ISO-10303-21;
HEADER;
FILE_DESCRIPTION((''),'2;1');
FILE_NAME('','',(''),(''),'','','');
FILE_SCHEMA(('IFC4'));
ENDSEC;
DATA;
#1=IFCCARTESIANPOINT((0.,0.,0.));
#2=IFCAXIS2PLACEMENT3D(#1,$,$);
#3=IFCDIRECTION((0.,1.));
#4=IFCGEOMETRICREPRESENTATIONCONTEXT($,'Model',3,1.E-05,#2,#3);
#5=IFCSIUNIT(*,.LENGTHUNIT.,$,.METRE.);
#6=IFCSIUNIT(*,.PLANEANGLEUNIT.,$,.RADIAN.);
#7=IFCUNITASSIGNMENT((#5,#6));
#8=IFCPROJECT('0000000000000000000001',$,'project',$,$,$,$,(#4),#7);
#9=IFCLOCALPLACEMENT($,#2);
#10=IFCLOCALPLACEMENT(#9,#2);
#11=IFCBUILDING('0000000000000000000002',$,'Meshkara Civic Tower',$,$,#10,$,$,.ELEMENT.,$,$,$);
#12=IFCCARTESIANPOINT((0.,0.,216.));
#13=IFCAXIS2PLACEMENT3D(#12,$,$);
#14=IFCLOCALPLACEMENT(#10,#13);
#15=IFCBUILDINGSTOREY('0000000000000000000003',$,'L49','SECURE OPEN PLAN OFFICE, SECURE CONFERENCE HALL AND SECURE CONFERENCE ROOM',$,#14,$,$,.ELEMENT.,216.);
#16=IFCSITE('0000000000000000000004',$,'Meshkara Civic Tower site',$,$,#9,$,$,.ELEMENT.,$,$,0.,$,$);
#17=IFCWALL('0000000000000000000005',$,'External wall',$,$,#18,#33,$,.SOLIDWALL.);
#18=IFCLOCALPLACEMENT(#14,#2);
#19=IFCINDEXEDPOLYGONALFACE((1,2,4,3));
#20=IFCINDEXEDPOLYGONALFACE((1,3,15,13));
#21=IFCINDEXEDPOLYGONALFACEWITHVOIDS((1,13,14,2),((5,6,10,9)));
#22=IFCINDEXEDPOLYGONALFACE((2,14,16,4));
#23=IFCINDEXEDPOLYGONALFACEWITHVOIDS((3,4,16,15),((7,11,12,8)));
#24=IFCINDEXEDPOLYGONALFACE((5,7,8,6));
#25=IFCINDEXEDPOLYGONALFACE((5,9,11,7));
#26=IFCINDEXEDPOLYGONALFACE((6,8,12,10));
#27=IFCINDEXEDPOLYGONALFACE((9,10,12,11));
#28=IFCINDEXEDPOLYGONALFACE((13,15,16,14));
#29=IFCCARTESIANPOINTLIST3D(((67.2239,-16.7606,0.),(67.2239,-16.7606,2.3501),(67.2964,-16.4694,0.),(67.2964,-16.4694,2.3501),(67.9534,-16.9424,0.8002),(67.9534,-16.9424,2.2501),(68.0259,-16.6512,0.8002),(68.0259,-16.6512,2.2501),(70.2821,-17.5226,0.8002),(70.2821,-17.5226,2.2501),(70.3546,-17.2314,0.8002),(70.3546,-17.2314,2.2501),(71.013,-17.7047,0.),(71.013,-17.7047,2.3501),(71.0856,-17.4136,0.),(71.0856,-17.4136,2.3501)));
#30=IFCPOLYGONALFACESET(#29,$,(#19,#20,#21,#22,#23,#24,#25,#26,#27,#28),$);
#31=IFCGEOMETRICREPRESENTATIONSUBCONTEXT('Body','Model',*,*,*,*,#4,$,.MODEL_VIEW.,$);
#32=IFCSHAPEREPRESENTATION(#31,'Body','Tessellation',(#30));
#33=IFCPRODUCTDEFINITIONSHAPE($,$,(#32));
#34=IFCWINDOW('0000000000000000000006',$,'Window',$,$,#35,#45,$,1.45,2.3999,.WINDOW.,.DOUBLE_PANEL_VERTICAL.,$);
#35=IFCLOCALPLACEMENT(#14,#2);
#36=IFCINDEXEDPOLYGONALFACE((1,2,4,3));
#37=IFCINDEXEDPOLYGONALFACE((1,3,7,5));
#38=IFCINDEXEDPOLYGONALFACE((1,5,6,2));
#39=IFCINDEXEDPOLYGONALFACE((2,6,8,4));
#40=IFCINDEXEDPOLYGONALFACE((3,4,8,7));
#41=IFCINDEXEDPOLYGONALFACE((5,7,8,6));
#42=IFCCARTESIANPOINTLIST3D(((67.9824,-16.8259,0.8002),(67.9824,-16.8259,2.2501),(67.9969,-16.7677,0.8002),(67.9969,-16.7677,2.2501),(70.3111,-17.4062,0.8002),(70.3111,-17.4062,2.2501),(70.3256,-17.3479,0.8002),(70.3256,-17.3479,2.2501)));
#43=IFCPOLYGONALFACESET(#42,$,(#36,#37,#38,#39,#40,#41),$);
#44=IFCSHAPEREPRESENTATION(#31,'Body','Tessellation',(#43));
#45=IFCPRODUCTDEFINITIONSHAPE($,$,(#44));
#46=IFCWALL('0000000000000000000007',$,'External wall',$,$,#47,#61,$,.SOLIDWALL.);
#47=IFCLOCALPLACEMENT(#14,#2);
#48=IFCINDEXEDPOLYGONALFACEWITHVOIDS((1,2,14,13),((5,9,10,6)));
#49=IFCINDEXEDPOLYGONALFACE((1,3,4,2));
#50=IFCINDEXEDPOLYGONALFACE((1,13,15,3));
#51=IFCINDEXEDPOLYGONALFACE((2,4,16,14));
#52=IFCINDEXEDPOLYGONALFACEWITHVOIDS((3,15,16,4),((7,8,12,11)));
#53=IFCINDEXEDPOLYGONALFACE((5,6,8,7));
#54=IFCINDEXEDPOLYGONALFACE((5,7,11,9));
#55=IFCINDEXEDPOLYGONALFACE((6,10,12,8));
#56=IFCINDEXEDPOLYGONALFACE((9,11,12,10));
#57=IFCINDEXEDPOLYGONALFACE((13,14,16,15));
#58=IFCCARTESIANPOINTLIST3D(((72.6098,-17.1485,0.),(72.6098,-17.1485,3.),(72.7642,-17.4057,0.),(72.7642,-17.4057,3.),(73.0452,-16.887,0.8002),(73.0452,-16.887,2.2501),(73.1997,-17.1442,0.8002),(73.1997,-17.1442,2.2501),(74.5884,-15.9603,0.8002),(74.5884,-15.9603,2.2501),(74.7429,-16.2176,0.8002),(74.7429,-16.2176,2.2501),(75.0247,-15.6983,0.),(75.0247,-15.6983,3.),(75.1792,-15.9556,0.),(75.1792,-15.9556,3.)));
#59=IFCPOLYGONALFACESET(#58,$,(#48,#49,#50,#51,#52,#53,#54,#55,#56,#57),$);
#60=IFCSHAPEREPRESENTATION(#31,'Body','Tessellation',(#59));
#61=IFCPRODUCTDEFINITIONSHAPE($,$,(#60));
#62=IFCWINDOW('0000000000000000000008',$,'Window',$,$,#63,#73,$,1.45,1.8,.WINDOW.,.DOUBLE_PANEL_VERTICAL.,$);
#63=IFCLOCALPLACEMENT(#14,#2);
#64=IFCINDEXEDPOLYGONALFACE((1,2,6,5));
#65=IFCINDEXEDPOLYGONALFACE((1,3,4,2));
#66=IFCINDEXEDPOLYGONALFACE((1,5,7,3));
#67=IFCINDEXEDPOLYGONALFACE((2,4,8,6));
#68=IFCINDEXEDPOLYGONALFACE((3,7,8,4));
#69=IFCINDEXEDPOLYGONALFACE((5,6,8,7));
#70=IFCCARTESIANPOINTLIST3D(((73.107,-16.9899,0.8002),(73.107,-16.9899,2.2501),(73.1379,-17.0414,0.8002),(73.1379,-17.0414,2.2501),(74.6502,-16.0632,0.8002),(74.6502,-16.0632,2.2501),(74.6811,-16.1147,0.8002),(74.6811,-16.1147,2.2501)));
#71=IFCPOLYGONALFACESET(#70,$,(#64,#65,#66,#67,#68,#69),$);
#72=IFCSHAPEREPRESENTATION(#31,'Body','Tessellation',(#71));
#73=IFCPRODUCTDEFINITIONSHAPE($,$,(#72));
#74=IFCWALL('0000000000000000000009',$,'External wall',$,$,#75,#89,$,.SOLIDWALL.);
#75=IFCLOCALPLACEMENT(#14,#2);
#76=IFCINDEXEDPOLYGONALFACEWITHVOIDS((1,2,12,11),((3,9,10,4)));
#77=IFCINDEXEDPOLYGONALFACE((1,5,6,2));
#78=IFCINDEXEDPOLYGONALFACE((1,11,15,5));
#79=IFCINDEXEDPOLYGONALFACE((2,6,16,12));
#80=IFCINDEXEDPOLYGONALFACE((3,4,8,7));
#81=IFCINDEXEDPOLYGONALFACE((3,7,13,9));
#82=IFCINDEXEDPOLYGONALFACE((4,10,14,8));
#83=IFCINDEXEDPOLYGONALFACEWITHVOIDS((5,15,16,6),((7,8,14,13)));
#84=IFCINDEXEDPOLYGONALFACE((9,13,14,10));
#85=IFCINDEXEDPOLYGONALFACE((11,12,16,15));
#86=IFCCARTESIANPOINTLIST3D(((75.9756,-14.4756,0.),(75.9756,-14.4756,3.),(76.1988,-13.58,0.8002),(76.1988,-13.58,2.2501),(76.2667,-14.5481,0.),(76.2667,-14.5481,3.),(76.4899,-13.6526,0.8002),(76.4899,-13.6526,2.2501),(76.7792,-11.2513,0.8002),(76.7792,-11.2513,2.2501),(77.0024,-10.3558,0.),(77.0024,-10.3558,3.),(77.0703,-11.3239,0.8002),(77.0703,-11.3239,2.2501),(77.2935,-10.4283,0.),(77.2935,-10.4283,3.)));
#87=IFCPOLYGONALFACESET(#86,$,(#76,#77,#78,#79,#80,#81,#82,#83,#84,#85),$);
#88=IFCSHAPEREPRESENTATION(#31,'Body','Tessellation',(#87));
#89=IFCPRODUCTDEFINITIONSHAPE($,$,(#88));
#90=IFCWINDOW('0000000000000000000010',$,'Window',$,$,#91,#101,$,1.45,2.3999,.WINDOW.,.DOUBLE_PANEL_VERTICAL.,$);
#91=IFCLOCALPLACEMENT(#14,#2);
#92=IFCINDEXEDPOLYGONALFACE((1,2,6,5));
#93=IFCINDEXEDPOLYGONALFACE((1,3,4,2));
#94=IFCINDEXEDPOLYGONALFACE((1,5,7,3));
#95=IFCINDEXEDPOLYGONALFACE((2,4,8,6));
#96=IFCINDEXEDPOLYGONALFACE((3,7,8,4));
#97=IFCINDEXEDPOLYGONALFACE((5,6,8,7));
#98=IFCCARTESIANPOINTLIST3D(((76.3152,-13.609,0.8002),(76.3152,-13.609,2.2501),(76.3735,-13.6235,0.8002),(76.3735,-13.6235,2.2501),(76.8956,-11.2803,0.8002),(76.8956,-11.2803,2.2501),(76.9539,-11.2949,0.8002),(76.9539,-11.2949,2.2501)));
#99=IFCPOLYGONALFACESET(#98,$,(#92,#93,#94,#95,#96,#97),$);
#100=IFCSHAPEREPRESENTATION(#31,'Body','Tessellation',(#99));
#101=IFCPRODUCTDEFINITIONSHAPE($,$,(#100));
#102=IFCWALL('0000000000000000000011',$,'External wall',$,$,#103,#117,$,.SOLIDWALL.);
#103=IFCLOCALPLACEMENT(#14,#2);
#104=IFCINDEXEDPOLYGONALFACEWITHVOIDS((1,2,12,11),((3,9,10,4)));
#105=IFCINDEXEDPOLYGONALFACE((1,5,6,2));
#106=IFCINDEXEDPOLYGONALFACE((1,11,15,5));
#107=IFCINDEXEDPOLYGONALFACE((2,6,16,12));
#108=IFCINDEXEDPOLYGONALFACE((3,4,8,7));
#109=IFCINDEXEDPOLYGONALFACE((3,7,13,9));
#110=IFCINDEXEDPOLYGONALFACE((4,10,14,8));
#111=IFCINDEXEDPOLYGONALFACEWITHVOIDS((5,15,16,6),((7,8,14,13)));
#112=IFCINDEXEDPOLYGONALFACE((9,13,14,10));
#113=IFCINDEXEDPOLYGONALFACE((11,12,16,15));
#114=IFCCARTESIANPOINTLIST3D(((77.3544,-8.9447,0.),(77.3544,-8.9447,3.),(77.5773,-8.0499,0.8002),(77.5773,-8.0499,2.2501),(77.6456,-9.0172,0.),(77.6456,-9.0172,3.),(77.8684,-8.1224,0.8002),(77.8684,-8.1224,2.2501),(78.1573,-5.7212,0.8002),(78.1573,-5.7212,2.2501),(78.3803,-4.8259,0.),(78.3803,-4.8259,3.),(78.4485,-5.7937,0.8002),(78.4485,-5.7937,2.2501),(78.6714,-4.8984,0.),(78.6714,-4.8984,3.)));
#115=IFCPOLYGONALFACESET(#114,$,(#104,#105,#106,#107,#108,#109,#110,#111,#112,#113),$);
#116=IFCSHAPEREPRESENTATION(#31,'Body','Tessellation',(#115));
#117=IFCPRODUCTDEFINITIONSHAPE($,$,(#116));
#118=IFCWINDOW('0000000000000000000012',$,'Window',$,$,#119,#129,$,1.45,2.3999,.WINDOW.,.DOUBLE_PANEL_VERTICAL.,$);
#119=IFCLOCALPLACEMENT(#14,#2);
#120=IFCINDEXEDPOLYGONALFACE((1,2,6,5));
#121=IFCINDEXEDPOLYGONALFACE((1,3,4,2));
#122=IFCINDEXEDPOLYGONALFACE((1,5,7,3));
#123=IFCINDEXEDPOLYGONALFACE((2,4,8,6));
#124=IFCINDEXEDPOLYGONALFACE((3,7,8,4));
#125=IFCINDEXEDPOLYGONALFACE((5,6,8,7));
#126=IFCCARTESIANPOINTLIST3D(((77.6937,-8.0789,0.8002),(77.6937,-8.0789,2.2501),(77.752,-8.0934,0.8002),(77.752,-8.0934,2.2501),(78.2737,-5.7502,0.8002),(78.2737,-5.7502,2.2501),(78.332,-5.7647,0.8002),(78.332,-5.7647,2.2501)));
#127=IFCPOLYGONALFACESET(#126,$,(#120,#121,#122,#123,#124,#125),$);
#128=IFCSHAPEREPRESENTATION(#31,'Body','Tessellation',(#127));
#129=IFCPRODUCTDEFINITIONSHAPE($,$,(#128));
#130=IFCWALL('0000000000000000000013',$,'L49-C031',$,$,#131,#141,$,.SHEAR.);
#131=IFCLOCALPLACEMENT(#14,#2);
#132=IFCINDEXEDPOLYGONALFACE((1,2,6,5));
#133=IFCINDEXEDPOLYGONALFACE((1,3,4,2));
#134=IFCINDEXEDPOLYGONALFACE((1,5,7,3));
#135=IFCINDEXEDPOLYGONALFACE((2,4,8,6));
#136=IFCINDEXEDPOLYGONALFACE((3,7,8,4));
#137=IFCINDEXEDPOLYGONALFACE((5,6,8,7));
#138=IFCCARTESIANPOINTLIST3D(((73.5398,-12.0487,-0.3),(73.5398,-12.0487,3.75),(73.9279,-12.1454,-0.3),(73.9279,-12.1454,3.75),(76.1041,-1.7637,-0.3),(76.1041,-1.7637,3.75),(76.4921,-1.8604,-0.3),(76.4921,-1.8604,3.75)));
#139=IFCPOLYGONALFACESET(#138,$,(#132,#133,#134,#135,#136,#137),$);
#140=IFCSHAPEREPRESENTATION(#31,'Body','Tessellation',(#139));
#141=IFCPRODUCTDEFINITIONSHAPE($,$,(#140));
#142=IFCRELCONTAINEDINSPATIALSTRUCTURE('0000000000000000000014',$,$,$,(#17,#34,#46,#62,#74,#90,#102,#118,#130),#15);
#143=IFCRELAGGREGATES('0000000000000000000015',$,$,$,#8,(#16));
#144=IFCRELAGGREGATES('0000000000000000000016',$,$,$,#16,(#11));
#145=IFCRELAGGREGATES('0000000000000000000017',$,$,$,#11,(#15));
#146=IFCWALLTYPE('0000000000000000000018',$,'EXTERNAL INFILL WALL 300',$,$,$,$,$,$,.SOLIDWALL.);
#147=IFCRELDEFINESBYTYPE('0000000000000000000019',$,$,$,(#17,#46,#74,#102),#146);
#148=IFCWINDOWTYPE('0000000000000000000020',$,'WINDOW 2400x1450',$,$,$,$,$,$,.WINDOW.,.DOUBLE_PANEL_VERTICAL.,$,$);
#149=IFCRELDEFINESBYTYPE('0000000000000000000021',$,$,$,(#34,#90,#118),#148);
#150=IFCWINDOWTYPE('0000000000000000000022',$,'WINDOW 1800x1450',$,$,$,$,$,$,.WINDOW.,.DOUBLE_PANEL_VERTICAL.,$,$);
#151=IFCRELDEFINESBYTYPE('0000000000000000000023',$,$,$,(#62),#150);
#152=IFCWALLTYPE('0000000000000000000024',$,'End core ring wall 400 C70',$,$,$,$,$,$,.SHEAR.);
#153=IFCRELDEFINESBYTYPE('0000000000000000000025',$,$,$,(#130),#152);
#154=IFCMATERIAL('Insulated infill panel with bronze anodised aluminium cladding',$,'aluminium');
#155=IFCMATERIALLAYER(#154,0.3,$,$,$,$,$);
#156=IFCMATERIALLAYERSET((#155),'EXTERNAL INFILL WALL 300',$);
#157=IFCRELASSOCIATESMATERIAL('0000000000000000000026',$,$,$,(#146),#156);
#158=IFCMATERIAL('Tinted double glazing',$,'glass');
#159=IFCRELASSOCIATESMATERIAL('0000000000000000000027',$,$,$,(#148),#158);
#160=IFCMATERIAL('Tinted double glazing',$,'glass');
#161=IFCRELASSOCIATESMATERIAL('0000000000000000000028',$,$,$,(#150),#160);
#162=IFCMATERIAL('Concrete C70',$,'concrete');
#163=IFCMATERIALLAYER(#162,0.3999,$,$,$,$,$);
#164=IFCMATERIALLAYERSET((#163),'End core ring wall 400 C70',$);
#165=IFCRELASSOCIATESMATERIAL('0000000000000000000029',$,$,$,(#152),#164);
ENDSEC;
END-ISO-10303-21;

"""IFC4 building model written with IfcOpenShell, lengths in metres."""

from ifc_helpers import new_model, si_unit, direction, frame, frame_2d, origin, place, context, subcontext, project, spatial, rectangle, extrude, material, layer, layer_set, type_object, element, fill, save


model = new_model("IFC4")

# Units and contexts
model_context = context("Model", 3, precision=1e-05, world=origin(), true_north=direction((0.0, 1.0)))
body_context = subcontext(model_context, "Body", "Model", "MODEL_VIEW")
ifc_project = project(units=[si_unit("LENGTHUNIT", "METRE"), si_unit("PLANEANGLEUNIT", "RADIAN")], contexts=[model_context])

# Site, building, storey
site_placement = place(None, origin())
site = spatial("IfcSite", under=ifc_project, at=site_placement, Name="Meshkara Civic Tower site", CompositionType="ELEMENT", RefElevation=0.0)
building_placement = place(site_placement, origin())
building = spatial("IfcBuilding", under=site, at=building_placement, Name="Meshkara Civic Tower", CompositionType="ELEMENT")
storey_placement = place(building_placement, frame((0.0, 0.0, 216.0)))
storey = spatial("IfcBuildingStorey", under=building, at=storey_placement, Name="L49", Description="SECURE OPEN PLAN OFFICE, SECURE CONFERENCE HALL AND SECURE CONFERENCE ROOM", CompositionType="ELEMENT", Elevation=216.0)

# Walls, openings, windows
ifc_material_1 = material(Name="Insulated infill panel with bronze anodised aluminium cladding", Category="aluminium")
ifc_layer_1 = layer(ifc_material_1, 0.3)
ifc_layer_set_1 = layer_set([ifc_layer_1], Name="EXTERNAL INFILL WALL 300")
wall_type_1 = type_object("IfcWallType", Name="EXTERNAL INFILL WALL 300", PredefinedType="SOLIDWALL", material=ifc_layer_set_1)
wall_1_placement = place(storey_placement, frame((67.26, -16.615, 0.0), z_axis=(0.0, 0.0, 1.0), x_axis=(0.970333, -0.241771, 0.0)))
wall_1 = element("IfcWall", 1, at=wall_1_placement, inside=storey, type_object=wall_type_1, Name="External wall", PredefinedType="SOLIDWALL", context=body_context, shape_type="SweptSolid", body=[
    extrude(rectangle(XDim=3.905, YDim=0.3, at=frame_2d((1.9526, 0.0))), origin(), (0.0, 0.0, 1.0), 2.3501),
])
opening_1_placement = place(wall_1_placement, frame((0.752, 0.0, 0.8)))
opening_1 = element("IfcOpeningElement", 2, at=opening_1_placement, cuts=wall_1, PredefinedType="OPENING", context=body_context, shape_type="SweptSolid", body=[
    extrude(rectangle(XDim=2.3999, YDim=1.45, at=frame_2d((1.2, 0.7251))), frame((0.0, 0.1599, 0.0), z_axis=(0.0, -1.0, 0.0), x_axis=(1.0, 0.0, 0.0)), (0.0, 0.0, 1.0), 0.3201),
])
ifc_material_2 = material(Name="Tinted double glazing", Category="glass")
window_type_1 = type_object("IfcWindowType", Name="WINDOW 2400x1450", PartitioningType="DOUBLE_PANEL_VERTICAL", PredefinedType="WINDOW", material=ifc_material_2)
window_1_placement = place(opening_1_placement, origin())
window_1 = element("IfcWindow", 3, at=window_1_placement, inside=storey, type_object=window_type_1, Name="Window", OverallHeight=1.45, OverallWidth=2.3999, PartitioningType="DOUBLE_PANEL_VERTICAL", PredefinedType="WINDOW", context=body_context, shape_type="SweptSolid", body=[
    extrude(rectangle(XDim=2.3999, YDim=1.45, at=frame_2d((1.2, 0.7251))), frame((0.0, 0.03, 0.0), z_axis=(0.0, -1.0, 0.0), x_axis=(1.0, 0.0, 0.0)), (0.0, 0.0, 1.0), 0.0601),
])
fill(opening_1, window_1)
wall_2_placement = place(storey_placement, frame((72.687, -17.2771, 0.0), z_axis=(0.0, 0.0, 1.0), x_axis=(0.857309, 0.514802, 0.0)))
wall_2 = element("IfcWall", 4, at=wall_2_placement, inside=storey, type_object=wall_type_1, Name="External wall", PredefinedType="SOLIDWALL", context=body_context, shape_type="SweptSolid", body=[
    extrude(rectangle(XDim=2.8169, YDim=0.3, at=frame_2d((1.4084, 0.0))), origin(), (0.0, 0.0, 1.0), 3.0),
])
opening_2_placement = place(wall_2_placement, frame((0.5081, 0.0, 0.8)))
opening_2 = element("IfcOpeningElement", 5, at=opening_2_placement, cuts=wall_2, PredefinedType="OPENING", context=body_context, shape_type="SweptSolid", body=[
    extrude(rectangle(XDim=1.8, YDim=1.45, at=frame_2d((0.8999, 0.7251))), frame((0.0, 0.1599, 0.0), z_axis=(0.0, -1.0, 0.0), x_axis=(1.0, 0.0, 0.0)), (0.0, 0.0, 1.0), 0.3201),
])
ifc_material_3 = material(Name="Tinted double glazing", Category="glass")
window_type_2 = type_object("IfcWindowType", Name="WINDOW 1800x1450", PartitioningType="DOUBLE_PANEL_VERTICAL", PredefinedType="WINDOW", material=ifc_material_3)
window_2_placement = place(opening_2_placement, origin())
window_2 = element("IfcWindow", 6, at=window_2_placement, inside=storey, type_object=window_type_2, Name="Window", OverallHeight=1.45, OverallWidth=1.8, PartitioningType="DOUBLE_PANEL_VERTICAL", PredefinedType="WINDOW", context=body_context, shape_type="SweptSolid", body=[
    extrude(rectangle(XDim=1.8, YDim=1.45, at=frame_2d((0.8999, 0.7251))), frame((0.0, 0.03, 0.0), z_axis=(0.0, -1.0, 0.0), x_axis=(1.0, 0.0, 0.0)), (0.0, 0.0, 1.0), 0.0601),
])
fill(opening_2, window_2)
wall_3_placement = place(storey_placement, frame((76.1211, -14.512, 0.0), z_axis=(0.0, 0.0, 1.0), x_axis=(0.241846, 0.970315, 0.0)))
wall_3 = element("IfcWall", 7, at=wall_3_placement, inside=storey, type_object=wall_type_1, Name="External wall", PredefinedType="SOLIDWALL", context=body_context, shape_type="SweptSolid", body=[
    extrude(rectangle(XDim=4.2458, YDim=0.3, at=frame_2d((2.123, 0.0))), origin(), (0.0, 0.0, 1.0), 3.0),
])
opening_3_placement = place(wall_3_placement, frame((0.9231, 0.0, 0.8)))
opening_3 = element("IfcOpeningElement", 8, at=opening_3_placement, cuts=wall_3, PredefinedType="OPENING", context=body_context, shape_type="SweptSolid", body=[
    extrude(rectangle(XDim=2.3999, YDim=1.45, at=frame_2d((1.2, 0.7251))), frame((0.0, 0.1599, 0.0), z_axis=(0.0, -1.0, 0.0), x_axis=(1.0, 0.0, 0.0)), (0.0, 0.0, 1.0), 0.3201),
])
window_3_placement = place(opening_3_placement, origin())
window_3 = element("IfcWindow", 9, at=window_3_placement, inside=storey, type_object=window_type_1, Name="Window", OverallHeight=1.45, OverallWidth=2.3999, PartitioningType="DOUBLE_PANEL_VERTICAL", PredefinedType="WINDOW", context=body_context, shape_type="SweptSolid", body=[
    extrude(rectangle(XDim=2.3999, YDim=1.45, at=frame_2d((1.2, 0.7251))), frame((0.0, 0.03, 0.0), z_axis=(0.0, -1.0, 0.0), x_axis=(1.0, 0.0, 0.0)), (0.0, 0.0, 1.0), 0.0601),
])
fill(opening_3, window_3)
wall_4_placement = place(storey_placement, frame((77.5, -8.981, 0.0), z_axis=(0.0, 0.0, 1.0), x_axis=(0.241683, 0.970355, 0.0)))
wall_4 = element("IfcWall", 10, at=wall_4_placement, inside=storey, type_object=wall_type_1, Name="External wall", PredefinedType="SOLIDWALL", context=body_context, shape_type="SweptSolid", body=[
    extrude(rectangle(XDim=4.2446, YDim=0.3, at=frame_2d((2.1223, 0.0))), origin(), (0.0, 0.0, 1.0), 3.0),
])
opening_4_placement = place(wall_4_placement, frame((0.9221, 0.0, 0.8)))
opening_4 = element("IfcOpeningElement", 11, at=opening_4_placement, cuts=wall_4, PredefinedType="OPENING", context=body_context, shape_type="SweptSolid", body=[
    extrude(rectangle(XDim=2.3999, YDim=1.45, at=frame_2d((1.2, 0.7251))), frame((0.0, 0.1599, 0.0), z_axis=(0.0, -1.0, 0.0), x_axis=(1.0, 0.0, 0.0)), (0.0, 0.0, 1.0), 0.3201),
])
window_4_placement = place(opening_4_placement, origin())
window_4 = element("IfcWindow", 12, at=window_4_placement, inside=storey, type_object=window_type_1, Name="Window", OverallHeight=1.45, OverallWidth=2.3999, PartitioningType="DOUBLE_PANEL_VERTICAL", PredefinedType="WINDOW", context=body_context, shape_type="SweptSolid", body=[
    extrude(rectangle(XDim=2.3999, YDim=1.45, at=frame_2d((1.2, 0.7251))), frame((0.0, 0.03, 0.0), z_axis=(0.0, -1.0, 0.0), x_axis=(1.0, 0.0, 0.0)), (0.0, 0.0, 1.0), 0.0601),
])
fill(opening_4, window_4)

# Wall
ifc_material_4 = material(Name="Concrete C70", Category="concrete")
ifc_layer_2 = layer(ifc_material_4, 0.3999)
ifc_layer_set_2 = layer_set([ifc_layer_2], Name="End core ring wall 400 C70")
wall_type_2 = type_object("IfcWallType", Name="End core ring wall 400 C70", PredefinedType="SHEAR", material=ifc_layer_set_2)
wall_5_placement = place(storey_placement, frame((73.7339, -12.0969, -0.3), z_axis=(0.0, 0.0, 1.0), x_axis=(0.241912, 0.970298, 0.0)))
element("IfcWall", 13, at=wall_5_placement, inside=storey, type_object=wall_type_2, Name="L49-C031", PredefinedType="SHEAR", context=body_context, shape_type="SweptSolid", body=[
    extrude(rectangle(XDim=10.5999, YDim=0.3999, at=frame_2d((5.2998, 0.0))), origin(), (0.0, 0.0, 1.0), 4.05),
])

save(model, "model.ifc")
